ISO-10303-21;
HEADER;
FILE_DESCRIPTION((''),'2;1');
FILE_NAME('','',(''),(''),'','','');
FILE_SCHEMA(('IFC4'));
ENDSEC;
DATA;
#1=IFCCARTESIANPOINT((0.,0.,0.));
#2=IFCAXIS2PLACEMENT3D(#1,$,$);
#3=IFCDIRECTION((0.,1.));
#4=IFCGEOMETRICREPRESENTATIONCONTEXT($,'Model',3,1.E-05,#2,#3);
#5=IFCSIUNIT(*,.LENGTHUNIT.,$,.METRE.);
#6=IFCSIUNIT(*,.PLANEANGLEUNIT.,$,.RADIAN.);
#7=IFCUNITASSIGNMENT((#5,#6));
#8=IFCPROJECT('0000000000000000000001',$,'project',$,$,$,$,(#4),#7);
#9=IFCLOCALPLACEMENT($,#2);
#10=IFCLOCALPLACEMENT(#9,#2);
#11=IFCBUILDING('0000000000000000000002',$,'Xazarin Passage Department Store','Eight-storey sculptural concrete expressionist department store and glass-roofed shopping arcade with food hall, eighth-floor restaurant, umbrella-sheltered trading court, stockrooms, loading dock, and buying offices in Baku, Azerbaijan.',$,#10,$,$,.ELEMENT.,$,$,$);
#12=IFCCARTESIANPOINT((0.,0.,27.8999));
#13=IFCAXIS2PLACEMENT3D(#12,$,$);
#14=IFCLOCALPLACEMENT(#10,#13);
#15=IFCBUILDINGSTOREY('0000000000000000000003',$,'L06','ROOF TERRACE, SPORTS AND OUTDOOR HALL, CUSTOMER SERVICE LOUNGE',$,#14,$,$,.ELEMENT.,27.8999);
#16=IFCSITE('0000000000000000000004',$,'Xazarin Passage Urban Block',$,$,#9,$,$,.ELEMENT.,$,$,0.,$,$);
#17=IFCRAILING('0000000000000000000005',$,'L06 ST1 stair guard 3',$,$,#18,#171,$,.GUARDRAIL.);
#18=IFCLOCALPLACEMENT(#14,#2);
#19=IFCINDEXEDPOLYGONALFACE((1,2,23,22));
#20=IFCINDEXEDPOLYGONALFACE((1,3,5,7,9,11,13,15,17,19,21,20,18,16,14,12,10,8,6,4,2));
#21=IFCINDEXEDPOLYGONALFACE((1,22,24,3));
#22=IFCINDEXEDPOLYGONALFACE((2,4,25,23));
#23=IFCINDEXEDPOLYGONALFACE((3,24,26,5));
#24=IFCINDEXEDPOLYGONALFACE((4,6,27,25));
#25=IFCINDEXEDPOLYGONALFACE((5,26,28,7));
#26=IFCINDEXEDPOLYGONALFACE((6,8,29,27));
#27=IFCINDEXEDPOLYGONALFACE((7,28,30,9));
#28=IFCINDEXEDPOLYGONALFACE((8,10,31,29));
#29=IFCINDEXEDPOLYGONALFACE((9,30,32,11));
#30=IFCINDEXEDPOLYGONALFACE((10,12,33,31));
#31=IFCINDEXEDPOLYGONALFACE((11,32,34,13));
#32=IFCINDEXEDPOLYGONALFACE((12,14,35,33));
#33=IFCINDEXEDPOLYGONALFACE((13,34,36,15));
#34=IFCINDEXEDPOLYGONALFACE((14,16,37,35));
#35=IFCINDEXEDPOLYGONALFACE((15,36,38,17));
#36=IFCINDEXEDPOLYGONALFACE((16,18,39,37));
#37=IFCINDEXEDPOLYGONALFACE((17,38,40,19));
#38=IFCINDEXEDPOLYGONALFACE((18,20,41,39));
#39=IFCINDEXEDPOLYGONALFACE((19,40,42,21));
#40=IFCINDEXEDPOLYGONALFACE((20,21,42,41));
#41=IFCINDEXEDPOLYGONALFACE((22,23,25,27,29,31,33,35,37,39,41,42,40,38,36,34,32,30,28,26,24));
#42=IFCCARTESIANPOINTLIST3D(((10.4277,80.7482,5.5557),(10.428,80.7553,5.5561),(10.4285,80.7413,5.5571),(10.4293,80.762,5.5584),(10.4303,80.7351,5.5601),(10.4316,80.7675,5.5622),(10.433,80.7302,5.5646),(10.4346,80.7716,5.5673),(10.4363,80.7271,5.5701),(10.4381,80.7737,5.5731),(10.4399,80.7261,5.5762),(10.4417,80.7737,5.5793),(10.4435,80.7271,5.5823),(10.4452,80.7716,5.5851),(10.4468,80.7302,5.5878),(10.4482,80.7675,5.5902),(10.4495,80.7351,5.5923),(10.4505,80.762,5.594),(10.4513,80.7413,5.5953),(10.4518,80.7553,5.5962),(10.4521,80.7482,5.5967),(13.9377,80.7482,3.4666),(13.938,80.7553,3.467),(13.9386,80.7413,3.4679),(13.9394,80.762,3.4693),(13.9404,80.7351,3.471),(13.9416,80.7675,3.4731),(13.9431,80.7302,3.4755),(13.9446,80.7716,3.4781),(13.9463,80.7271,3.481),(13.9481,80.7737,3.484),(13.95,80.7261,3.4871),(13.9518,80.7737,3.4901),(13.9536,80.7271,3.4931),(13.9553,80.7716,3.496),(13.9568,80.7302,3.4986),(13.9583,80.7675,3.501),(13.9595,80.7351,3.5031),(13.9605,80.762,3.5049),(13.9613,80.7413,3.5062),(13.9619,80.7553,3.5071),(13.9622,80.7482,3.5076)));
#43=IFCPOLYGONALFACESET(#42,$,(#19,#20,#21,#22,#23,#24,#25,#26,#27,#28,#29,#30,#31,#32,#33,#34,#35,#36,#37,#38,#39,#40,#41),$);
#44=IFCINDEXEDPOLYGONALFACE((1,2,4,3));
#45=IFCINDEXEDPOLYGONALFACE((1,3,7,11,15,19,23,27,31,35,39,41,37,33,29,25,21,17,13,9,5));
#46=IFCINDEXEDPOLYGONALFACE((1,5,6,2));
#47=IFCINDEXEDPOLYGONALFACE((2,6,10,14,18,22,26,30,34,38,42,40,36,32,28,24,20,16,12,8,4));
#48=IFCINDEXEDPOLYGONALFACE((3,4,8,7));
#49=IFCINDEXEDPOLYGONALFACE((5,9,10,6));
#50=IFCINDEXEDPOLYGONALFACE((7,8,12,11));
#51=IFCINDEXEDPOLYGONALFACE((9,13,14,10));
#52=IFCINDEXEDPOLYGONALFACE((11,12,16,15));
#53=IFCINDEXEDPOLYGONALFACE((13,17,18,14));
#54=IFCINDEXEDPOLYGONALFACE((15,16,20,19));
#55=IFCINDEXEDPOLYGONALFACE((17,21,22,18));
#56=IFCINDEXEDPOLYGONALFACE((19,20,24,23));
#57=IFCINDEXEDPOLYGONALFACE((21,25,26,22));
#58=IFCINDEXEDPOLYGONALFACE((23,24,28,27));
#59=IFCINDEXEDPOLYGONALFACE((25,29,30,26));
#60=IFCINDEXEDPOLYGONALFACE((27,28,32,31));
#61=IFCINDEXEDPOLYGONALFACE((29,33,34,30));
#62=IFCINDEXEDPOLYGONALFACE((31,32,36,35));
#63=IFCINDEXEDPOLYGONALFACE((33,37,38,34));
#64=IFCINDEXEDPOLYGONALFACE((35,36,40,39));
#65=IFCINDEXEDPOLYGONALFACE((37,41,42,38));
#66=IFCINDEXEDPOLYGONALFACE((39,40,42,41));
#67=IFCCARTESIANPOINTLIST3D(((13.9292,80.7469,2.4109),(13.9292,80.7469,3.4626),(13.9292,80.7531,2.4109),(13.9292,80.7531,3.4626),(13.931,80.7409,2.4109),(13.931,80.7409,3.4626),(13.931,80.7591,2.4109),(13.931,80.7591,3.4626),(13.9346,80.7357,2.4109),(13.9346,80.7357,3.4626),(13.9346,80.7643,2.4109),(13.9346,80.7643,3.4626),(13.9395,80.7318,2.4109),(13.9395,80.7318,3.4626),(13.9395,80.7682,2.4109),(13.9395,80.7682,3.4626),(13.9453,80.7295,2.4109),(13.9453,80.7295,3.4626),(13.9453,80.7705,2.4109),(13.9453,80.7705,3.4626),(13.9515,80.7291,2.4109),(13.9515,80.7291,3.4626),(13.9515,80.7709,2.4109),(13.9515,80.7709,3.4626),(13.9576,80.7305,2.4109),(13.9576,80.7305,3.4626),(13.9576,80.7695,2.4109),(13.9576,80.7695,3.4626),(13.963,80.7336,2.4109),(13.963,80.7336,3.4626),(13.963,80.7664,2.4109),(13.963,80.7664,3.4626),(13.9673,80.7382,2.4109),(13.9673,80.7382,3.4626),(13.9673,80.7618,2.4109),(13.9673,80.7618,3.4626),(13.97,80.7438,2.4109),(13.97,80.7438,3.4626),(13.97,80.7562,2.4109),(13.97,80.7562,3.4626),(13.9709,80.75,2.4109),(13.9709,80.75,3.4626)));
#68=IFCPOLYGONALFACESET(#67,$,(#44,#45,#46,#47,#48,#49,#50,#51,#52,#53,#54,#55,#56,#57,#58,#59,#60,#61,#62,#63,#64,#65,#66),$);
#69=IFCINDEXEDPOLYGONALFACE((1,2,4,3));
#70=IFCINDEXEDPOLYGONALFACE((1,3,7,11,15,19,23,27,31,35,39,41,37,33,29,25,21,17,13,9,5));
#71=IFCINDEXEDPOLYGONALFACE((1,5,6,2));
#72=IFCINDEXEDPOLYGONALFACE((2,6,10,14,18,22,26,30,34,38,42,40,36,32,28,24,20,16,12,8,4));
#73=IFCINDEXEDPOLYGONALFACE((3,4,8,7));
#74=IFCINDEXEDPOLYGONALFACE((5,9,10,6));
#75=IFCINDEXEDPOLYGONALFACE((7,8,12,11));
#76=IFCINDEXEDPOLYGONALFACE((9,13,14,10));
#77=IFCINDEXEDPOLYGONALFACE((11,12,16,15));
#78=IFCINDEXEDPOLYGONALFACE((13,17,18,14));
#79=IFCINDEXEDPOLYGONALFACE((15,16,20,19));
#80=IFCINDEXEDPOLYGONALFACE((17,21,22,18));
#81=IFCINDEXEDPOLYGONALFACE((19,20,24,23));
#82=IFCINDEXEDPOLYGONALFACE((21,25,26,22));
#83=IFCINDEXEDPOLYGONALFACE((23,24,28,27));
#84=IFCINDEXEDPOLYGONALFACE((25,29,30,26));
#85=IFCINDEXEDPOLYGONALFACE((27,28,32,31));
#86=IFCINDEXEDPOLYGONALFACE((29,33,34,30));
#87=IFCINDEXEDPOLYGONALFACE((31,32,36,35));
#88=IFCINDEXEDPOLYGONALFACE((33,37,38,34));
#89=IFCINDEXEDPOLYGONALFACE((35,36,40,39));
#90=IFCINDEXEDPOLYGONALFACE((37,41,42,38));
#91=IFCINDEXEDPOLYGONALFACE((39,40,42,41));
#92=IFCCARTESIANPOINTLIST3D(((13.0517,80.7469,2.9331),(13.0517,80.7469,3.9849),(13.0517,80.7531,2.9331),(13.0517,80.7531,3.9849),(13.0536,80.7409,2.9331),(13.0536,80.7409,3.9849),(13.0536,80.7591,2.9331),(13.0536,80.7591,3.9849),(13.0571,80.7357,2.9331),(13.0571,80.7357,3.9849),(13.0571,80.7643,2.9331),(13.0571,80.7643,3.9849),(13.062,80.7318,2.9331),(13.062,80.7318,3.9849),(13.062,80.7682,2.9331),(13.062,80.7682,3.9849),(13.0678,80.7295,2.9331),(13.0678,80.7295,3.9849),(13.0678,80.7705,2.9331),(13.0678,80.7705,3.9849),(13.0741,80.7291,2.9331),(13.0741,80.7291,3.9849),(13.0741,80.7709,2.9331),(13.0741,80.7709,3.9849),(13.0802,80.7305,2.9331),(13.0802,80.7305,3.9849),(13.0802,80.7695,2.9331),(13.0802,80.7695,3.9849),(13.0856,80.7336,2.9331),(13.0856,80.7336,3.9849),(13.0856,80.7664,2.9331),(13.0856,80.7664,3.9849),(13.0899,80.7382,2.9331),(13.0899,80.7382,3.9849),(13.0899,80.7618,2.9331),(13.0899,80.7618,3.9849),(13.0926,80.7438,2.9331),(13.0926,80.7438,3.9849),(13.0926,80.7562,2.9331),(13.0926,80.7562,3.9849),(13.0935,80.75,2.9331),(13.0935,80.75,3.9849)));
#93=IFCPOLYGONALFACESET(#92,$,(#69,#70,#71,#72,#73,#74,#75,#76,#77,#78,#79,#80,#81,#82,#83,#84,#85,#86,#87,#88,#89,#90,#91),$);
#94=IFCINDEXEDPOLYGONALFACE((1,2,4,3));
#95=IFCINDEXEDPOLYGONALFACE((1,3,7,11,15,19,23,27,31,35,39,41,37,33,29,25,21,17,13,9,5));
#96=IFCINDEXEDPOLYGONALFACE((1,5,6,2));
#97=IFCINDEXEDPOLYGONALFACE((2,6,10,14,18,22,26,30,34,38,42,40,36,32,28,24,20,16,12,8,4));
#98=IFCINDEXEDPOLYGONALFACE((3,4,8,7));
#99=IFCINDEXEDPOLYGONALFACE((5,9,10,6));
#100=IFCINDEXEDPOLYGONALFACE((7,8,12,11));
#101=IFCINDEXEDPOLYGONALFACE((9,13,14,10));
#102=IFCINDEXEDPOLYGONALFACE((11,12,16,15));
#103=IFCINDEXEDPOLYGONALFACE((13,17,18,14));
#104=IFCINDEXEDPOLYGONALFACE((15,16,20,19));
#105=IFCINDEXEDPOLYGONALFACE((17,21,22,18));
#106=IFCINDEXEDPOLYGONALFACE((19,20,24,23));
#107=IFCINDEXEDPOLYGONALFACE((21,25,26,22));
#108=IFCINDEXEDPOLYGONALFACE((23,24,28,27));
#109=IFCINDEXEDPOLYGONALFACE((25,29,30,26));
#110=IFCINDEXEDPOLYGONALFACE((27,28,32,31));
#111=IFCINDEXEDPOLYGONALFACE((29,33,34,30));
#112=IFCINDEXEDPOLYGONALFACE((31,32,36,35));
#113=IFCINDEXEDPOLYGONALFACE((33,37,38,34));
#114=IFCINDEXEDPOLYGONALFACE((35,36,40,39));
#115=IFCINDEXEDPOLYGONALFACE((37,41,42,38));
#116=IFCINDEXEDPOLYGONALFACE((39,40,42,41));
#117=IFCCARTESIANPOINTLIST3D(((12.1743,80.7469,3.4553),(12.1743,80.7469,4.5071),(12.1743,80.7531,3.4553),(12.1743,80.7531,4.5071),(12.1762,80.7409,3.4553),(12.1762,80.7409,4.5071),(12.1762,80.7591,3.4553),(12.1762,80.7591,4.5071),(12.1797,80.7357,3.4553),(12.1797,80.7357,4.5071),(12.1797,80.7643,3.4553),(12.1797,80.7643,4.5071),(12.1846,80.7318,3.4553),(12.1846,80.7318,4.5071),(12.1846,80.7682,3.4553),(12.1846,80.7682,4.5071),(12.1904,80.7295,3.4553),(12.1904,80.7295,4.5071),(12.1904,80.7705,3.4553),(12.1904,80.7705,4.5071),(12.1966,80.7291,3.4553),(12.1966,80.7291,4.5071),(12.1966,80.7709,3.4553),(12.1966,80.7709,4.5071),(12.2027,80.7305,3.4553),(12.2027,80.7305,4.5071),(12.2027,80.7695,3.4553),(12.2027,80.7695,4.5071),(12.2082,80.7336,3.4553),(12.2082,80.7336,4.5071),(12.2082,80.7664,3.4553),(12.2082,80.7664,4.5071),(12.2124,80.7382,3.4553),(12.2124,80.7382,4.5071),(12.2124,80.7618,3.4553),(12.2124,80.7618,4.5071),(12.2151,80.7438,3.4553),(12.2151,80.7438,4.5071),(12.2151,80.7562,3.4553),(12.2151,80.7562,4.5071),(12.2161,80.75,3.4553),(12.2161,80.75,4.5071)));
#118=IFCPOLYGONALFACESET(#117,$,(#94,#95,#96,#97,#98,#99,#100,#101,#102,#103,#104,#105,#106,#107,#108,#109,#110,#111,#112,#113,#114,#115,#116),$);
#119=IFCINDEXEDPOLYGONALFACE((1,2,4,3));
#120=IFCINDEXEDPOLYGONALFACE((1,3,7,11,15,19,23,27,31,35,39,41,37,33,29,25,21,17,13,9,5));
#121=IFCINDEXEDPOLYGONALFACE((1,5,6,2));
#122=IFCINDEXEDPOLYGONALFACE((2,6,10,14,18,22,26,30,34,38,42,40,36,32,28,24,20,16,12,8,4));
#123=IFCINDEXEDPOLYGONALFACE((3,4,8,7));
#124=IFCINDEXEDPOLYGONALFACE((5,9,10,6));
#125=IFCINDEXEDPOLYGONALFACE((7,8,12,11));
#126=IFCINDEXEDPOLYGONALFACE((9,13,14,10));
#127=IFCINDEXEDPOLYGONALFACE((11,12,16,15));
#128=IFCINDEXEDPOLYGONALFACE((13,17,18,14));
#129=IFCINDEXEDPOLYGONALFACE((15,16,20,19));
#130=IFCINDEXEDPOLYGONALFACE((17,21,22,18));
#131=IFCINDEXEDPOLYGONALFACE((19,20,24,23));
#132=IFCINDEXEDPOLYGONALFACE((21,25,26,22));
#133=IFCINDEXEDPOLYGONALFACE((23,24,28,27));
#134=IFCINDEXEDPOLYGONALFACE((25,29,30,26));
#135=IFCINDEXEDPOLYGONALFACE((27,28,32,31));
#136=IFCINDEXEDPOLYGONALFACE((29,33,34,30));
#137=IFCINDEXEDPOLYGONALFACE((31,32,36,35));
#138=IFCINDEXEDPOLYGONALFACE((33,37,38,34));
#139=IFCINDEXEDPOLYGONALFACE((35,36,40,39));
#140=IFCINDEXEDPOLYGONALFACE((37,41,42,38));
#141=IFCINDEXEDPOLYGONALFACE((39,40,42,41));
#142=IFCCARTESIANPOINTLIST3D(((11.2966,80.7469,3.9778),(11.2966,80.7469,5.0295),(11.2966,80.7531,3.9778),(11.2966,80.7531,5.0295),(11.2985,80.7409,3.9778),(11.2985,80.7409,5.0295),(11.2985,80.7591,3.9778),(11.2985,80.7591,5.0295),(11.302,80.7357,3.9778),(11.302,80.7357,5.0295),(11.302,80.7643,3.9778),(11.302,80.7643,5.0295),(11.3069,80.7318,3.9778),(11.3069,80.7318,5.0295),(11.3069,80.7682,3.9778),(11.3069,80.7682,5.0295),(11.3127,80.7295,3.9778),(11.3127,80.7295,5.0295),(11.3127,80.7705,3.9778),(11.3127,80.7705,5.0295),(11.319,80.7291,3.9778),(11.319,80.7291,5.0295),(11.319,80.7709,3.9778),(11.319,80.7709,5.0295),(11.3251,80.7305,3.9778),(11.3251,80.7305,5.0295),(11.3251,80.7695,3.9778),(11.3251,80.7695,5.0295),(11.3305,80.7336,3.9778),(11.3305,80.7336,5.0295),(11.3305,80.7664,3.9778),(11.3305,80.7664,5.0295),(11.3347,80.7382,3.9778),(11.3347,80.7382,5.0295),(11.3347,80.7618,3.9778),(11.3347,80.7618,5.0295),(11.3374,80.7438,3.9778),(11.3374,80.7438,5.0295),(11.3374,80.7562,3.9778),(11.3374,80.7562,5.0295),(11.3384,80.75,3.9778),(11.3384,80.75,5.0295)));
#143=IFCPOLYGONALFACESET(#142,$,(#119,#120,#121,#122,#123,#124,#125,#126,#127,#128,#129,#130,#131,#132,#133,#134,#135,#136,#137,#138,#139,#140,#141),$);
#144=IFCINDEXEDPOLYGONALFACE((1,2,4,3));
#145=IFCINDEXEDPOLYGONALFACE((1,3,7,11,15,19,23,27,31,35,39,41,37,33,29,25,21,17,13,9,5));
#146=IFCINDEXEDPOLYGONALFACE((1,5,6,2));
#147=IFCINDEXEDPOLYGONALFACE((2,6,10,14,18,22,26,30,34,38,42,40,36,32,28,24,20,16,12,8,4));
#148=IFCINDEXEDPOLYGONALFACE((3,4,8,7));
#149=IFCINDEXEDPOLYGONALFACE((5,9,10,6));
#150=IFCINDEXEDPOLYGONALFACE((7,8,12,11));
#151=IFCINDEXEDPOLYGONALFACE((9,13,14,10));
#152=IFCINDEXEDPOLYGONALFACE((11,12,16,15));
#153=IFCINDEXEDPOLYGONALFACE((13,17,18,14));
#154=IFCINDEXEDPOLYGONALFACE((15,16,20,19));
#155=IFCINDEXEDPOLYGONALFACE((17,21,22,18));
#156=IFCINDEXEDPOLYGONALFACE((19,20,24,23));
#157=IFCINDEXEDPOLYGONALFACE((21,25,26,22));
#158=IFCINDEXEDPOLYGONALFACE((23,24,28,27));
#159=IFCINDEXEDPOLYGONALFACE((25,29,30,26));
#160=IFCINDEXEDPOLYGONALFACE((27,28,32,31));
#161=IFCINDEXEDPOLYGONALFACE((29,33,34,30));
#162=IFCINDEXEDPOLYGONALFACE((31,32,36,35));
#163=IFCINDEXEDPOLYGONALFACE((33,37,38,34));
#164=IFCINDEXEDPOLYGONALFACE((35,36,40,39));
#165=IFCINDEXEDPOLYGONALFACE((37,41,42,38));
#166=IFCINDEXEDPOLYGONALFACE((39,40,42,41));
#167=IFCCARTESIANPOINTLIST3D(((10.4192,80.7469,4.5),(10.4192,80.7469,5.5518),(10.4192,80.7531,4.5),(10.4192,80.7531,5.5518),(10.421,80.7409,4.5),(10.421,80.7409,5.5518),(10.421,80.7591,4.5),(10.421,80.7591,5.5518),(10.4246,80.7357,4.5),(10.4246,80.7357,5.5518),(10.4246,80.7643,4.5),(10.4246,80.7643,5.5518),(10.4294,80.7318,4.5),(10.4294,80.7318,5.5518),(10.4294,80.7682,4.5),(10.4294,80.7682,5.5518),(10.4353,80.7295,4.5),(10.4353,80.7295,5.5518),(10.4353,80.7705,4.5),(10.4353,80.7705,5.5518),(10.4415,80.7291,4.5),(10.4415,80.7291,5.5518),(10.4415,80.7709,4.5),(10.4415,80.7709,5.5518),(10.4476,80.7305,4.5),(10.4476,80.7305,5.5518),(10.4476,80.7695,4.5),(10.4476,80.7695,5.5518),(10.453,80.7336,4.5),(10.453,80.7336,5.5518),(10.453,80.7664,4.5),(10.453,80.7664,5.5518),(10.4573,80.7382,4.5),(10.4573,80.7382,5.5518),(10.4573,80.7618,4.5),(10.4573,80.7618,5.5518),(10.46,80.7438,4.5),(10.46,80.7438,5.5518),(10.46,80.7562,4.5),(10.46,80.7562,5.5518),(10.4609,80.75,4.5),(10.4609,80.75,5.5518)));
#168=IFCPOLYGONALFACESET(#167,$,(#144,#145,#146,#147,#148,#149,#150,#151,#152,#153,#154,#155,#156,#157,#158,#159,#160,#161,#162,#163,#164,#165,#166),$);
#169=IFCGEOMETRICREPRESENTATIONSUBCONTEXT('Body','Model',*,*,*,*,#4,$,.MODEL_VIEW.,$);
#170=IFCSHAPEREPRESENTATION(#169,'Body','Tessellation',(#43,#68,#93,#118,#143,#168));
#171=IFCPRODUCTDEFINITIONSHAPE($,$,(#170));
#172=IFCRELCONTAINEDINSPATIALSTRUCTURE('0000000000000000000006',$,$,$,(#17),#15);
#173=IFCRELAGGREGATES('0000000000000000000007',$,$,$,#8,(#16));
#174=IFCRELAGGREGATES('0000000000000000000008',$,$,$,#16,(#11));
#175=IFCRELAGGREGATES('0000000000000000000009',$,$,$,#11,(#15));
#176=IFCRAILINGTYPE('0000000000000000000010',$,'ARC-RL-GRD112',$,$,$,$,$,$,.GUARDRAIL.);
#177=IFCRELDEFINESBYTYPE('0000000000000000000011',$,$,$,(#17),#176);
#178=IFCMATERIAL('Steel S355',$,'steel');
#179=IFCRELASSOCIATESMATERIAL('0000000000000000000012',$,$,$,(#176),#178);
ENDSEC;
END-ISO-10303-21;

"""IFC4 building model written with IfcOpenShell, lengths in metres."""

from ifc_helpers import new_model, si_unit, direction, frame, origin, origin_2d, place, context, subcontext, project, spatial, circle, extrude, material, type_object, element, save


model = new_model("IFC4")

# Units and contexts
model_context = context("Model", 3, precision=1e-05, world=origin(), true_north=direction((0.0, 1.0)))
body_context = subcontext(model_context, "Body", "Model", "MODEL_VIEW")
ifc_project = project(units=[si_unit("LENGTHUNIT", "METRE"), si_unit("PLANEANGLEUNIT", "RADIAN")], contexts=[model_context])

# Site, building, storey
site_placement = place(None, origin())
site = spatial("IfcSite", under=ifc_project, at=site_placement, Name="Xazarin Passage Urban Block", CompositionType="ELEMENT", RefElevation=0.0)
building_placement = place(site_placement, origin())
building = spatial("IfcBuilding", under=site, at=building_placement, Name="Xazarin Passage Department Store", Description="Eight-storey sculptural concrete expressionist department store and glass-roofed shopping arcade with food hall, eighth-floor restaurant, umbrella-sheltered trading court, stockrooms, loading dock, and buying offices in Baku, Azerbaijan.", CompositionType="ELEMENT")
storey_placement = place(building_placement, frame((0.0, 0.0, 27.8999)))
storey = spatial("IfcBuildingStorey", under=building, at=storey_placement, Name="L06", Description="ROOF TERRACE, SPORTS AND OUTDOOR HALL, CUSTOMER SERVICE LOUNGE", CompositionType="ELEMENT", Elevation=27.8999)

# Shared definitions
ifc_material_1 = material(Name="Steel S355", Category="steel")

# Railing
railing_type_1 = type_object("IfcRailingType", Name="ARC-RL-GRD112", PredefinedType="GUARDRAIL", material=ifc_material_1)
railing_1_placement = place(storey_placement, frame((13.95, 80.75, 2.4109)))
element("IfcRailing", 1, at=railing_1_placement, inside=storey, type_object=railing_type_1, Name="L06 ST1 stair guard 3", PredefinedType="GUARDRAIL", context=body_context, shape_type="SweptSolid", body=[
    extrude(circle(Radius=0.0239, at=origin_2d()), frame((0.0, 0.0, 1.0762), z_axis=(-0.859312, 0.0, 0.511451), x_axis=(0.0, -1.0, 0.0)), (0.0, 0.0, 1.0), 4.0847),
    extrude(circle(Radius=0.021, at=origin_2d()), origin(), (0.0, 0.0, 1.0), 1.0518),
    extrude(circle(Radius=0.021, at=origin_2d()), frame((-0.8774, 0.0, 0.5222)), (0.0, 0.0, 1.0), 1.0518),
    extrude(circle(Radius=0.021, at=origin_2d()), frame((-1.7549, 0.0, 1.0444)), (0.0, 0.0, 1.0), 1.0518),
    extrude(circle(Radius=0.021, at=origin_2d()), frame((-2.6326, 0.0, 1.5669)), (0.0, 0.0, 1.0), 1.0518),
    extrude(circle(Radius=0.021, at=origin_2d()), frame((-3.51, 0.0, 2.0891)), (0.0, 0.0, 1.0), 1.0518),
])

save(model, "model.ifc")
